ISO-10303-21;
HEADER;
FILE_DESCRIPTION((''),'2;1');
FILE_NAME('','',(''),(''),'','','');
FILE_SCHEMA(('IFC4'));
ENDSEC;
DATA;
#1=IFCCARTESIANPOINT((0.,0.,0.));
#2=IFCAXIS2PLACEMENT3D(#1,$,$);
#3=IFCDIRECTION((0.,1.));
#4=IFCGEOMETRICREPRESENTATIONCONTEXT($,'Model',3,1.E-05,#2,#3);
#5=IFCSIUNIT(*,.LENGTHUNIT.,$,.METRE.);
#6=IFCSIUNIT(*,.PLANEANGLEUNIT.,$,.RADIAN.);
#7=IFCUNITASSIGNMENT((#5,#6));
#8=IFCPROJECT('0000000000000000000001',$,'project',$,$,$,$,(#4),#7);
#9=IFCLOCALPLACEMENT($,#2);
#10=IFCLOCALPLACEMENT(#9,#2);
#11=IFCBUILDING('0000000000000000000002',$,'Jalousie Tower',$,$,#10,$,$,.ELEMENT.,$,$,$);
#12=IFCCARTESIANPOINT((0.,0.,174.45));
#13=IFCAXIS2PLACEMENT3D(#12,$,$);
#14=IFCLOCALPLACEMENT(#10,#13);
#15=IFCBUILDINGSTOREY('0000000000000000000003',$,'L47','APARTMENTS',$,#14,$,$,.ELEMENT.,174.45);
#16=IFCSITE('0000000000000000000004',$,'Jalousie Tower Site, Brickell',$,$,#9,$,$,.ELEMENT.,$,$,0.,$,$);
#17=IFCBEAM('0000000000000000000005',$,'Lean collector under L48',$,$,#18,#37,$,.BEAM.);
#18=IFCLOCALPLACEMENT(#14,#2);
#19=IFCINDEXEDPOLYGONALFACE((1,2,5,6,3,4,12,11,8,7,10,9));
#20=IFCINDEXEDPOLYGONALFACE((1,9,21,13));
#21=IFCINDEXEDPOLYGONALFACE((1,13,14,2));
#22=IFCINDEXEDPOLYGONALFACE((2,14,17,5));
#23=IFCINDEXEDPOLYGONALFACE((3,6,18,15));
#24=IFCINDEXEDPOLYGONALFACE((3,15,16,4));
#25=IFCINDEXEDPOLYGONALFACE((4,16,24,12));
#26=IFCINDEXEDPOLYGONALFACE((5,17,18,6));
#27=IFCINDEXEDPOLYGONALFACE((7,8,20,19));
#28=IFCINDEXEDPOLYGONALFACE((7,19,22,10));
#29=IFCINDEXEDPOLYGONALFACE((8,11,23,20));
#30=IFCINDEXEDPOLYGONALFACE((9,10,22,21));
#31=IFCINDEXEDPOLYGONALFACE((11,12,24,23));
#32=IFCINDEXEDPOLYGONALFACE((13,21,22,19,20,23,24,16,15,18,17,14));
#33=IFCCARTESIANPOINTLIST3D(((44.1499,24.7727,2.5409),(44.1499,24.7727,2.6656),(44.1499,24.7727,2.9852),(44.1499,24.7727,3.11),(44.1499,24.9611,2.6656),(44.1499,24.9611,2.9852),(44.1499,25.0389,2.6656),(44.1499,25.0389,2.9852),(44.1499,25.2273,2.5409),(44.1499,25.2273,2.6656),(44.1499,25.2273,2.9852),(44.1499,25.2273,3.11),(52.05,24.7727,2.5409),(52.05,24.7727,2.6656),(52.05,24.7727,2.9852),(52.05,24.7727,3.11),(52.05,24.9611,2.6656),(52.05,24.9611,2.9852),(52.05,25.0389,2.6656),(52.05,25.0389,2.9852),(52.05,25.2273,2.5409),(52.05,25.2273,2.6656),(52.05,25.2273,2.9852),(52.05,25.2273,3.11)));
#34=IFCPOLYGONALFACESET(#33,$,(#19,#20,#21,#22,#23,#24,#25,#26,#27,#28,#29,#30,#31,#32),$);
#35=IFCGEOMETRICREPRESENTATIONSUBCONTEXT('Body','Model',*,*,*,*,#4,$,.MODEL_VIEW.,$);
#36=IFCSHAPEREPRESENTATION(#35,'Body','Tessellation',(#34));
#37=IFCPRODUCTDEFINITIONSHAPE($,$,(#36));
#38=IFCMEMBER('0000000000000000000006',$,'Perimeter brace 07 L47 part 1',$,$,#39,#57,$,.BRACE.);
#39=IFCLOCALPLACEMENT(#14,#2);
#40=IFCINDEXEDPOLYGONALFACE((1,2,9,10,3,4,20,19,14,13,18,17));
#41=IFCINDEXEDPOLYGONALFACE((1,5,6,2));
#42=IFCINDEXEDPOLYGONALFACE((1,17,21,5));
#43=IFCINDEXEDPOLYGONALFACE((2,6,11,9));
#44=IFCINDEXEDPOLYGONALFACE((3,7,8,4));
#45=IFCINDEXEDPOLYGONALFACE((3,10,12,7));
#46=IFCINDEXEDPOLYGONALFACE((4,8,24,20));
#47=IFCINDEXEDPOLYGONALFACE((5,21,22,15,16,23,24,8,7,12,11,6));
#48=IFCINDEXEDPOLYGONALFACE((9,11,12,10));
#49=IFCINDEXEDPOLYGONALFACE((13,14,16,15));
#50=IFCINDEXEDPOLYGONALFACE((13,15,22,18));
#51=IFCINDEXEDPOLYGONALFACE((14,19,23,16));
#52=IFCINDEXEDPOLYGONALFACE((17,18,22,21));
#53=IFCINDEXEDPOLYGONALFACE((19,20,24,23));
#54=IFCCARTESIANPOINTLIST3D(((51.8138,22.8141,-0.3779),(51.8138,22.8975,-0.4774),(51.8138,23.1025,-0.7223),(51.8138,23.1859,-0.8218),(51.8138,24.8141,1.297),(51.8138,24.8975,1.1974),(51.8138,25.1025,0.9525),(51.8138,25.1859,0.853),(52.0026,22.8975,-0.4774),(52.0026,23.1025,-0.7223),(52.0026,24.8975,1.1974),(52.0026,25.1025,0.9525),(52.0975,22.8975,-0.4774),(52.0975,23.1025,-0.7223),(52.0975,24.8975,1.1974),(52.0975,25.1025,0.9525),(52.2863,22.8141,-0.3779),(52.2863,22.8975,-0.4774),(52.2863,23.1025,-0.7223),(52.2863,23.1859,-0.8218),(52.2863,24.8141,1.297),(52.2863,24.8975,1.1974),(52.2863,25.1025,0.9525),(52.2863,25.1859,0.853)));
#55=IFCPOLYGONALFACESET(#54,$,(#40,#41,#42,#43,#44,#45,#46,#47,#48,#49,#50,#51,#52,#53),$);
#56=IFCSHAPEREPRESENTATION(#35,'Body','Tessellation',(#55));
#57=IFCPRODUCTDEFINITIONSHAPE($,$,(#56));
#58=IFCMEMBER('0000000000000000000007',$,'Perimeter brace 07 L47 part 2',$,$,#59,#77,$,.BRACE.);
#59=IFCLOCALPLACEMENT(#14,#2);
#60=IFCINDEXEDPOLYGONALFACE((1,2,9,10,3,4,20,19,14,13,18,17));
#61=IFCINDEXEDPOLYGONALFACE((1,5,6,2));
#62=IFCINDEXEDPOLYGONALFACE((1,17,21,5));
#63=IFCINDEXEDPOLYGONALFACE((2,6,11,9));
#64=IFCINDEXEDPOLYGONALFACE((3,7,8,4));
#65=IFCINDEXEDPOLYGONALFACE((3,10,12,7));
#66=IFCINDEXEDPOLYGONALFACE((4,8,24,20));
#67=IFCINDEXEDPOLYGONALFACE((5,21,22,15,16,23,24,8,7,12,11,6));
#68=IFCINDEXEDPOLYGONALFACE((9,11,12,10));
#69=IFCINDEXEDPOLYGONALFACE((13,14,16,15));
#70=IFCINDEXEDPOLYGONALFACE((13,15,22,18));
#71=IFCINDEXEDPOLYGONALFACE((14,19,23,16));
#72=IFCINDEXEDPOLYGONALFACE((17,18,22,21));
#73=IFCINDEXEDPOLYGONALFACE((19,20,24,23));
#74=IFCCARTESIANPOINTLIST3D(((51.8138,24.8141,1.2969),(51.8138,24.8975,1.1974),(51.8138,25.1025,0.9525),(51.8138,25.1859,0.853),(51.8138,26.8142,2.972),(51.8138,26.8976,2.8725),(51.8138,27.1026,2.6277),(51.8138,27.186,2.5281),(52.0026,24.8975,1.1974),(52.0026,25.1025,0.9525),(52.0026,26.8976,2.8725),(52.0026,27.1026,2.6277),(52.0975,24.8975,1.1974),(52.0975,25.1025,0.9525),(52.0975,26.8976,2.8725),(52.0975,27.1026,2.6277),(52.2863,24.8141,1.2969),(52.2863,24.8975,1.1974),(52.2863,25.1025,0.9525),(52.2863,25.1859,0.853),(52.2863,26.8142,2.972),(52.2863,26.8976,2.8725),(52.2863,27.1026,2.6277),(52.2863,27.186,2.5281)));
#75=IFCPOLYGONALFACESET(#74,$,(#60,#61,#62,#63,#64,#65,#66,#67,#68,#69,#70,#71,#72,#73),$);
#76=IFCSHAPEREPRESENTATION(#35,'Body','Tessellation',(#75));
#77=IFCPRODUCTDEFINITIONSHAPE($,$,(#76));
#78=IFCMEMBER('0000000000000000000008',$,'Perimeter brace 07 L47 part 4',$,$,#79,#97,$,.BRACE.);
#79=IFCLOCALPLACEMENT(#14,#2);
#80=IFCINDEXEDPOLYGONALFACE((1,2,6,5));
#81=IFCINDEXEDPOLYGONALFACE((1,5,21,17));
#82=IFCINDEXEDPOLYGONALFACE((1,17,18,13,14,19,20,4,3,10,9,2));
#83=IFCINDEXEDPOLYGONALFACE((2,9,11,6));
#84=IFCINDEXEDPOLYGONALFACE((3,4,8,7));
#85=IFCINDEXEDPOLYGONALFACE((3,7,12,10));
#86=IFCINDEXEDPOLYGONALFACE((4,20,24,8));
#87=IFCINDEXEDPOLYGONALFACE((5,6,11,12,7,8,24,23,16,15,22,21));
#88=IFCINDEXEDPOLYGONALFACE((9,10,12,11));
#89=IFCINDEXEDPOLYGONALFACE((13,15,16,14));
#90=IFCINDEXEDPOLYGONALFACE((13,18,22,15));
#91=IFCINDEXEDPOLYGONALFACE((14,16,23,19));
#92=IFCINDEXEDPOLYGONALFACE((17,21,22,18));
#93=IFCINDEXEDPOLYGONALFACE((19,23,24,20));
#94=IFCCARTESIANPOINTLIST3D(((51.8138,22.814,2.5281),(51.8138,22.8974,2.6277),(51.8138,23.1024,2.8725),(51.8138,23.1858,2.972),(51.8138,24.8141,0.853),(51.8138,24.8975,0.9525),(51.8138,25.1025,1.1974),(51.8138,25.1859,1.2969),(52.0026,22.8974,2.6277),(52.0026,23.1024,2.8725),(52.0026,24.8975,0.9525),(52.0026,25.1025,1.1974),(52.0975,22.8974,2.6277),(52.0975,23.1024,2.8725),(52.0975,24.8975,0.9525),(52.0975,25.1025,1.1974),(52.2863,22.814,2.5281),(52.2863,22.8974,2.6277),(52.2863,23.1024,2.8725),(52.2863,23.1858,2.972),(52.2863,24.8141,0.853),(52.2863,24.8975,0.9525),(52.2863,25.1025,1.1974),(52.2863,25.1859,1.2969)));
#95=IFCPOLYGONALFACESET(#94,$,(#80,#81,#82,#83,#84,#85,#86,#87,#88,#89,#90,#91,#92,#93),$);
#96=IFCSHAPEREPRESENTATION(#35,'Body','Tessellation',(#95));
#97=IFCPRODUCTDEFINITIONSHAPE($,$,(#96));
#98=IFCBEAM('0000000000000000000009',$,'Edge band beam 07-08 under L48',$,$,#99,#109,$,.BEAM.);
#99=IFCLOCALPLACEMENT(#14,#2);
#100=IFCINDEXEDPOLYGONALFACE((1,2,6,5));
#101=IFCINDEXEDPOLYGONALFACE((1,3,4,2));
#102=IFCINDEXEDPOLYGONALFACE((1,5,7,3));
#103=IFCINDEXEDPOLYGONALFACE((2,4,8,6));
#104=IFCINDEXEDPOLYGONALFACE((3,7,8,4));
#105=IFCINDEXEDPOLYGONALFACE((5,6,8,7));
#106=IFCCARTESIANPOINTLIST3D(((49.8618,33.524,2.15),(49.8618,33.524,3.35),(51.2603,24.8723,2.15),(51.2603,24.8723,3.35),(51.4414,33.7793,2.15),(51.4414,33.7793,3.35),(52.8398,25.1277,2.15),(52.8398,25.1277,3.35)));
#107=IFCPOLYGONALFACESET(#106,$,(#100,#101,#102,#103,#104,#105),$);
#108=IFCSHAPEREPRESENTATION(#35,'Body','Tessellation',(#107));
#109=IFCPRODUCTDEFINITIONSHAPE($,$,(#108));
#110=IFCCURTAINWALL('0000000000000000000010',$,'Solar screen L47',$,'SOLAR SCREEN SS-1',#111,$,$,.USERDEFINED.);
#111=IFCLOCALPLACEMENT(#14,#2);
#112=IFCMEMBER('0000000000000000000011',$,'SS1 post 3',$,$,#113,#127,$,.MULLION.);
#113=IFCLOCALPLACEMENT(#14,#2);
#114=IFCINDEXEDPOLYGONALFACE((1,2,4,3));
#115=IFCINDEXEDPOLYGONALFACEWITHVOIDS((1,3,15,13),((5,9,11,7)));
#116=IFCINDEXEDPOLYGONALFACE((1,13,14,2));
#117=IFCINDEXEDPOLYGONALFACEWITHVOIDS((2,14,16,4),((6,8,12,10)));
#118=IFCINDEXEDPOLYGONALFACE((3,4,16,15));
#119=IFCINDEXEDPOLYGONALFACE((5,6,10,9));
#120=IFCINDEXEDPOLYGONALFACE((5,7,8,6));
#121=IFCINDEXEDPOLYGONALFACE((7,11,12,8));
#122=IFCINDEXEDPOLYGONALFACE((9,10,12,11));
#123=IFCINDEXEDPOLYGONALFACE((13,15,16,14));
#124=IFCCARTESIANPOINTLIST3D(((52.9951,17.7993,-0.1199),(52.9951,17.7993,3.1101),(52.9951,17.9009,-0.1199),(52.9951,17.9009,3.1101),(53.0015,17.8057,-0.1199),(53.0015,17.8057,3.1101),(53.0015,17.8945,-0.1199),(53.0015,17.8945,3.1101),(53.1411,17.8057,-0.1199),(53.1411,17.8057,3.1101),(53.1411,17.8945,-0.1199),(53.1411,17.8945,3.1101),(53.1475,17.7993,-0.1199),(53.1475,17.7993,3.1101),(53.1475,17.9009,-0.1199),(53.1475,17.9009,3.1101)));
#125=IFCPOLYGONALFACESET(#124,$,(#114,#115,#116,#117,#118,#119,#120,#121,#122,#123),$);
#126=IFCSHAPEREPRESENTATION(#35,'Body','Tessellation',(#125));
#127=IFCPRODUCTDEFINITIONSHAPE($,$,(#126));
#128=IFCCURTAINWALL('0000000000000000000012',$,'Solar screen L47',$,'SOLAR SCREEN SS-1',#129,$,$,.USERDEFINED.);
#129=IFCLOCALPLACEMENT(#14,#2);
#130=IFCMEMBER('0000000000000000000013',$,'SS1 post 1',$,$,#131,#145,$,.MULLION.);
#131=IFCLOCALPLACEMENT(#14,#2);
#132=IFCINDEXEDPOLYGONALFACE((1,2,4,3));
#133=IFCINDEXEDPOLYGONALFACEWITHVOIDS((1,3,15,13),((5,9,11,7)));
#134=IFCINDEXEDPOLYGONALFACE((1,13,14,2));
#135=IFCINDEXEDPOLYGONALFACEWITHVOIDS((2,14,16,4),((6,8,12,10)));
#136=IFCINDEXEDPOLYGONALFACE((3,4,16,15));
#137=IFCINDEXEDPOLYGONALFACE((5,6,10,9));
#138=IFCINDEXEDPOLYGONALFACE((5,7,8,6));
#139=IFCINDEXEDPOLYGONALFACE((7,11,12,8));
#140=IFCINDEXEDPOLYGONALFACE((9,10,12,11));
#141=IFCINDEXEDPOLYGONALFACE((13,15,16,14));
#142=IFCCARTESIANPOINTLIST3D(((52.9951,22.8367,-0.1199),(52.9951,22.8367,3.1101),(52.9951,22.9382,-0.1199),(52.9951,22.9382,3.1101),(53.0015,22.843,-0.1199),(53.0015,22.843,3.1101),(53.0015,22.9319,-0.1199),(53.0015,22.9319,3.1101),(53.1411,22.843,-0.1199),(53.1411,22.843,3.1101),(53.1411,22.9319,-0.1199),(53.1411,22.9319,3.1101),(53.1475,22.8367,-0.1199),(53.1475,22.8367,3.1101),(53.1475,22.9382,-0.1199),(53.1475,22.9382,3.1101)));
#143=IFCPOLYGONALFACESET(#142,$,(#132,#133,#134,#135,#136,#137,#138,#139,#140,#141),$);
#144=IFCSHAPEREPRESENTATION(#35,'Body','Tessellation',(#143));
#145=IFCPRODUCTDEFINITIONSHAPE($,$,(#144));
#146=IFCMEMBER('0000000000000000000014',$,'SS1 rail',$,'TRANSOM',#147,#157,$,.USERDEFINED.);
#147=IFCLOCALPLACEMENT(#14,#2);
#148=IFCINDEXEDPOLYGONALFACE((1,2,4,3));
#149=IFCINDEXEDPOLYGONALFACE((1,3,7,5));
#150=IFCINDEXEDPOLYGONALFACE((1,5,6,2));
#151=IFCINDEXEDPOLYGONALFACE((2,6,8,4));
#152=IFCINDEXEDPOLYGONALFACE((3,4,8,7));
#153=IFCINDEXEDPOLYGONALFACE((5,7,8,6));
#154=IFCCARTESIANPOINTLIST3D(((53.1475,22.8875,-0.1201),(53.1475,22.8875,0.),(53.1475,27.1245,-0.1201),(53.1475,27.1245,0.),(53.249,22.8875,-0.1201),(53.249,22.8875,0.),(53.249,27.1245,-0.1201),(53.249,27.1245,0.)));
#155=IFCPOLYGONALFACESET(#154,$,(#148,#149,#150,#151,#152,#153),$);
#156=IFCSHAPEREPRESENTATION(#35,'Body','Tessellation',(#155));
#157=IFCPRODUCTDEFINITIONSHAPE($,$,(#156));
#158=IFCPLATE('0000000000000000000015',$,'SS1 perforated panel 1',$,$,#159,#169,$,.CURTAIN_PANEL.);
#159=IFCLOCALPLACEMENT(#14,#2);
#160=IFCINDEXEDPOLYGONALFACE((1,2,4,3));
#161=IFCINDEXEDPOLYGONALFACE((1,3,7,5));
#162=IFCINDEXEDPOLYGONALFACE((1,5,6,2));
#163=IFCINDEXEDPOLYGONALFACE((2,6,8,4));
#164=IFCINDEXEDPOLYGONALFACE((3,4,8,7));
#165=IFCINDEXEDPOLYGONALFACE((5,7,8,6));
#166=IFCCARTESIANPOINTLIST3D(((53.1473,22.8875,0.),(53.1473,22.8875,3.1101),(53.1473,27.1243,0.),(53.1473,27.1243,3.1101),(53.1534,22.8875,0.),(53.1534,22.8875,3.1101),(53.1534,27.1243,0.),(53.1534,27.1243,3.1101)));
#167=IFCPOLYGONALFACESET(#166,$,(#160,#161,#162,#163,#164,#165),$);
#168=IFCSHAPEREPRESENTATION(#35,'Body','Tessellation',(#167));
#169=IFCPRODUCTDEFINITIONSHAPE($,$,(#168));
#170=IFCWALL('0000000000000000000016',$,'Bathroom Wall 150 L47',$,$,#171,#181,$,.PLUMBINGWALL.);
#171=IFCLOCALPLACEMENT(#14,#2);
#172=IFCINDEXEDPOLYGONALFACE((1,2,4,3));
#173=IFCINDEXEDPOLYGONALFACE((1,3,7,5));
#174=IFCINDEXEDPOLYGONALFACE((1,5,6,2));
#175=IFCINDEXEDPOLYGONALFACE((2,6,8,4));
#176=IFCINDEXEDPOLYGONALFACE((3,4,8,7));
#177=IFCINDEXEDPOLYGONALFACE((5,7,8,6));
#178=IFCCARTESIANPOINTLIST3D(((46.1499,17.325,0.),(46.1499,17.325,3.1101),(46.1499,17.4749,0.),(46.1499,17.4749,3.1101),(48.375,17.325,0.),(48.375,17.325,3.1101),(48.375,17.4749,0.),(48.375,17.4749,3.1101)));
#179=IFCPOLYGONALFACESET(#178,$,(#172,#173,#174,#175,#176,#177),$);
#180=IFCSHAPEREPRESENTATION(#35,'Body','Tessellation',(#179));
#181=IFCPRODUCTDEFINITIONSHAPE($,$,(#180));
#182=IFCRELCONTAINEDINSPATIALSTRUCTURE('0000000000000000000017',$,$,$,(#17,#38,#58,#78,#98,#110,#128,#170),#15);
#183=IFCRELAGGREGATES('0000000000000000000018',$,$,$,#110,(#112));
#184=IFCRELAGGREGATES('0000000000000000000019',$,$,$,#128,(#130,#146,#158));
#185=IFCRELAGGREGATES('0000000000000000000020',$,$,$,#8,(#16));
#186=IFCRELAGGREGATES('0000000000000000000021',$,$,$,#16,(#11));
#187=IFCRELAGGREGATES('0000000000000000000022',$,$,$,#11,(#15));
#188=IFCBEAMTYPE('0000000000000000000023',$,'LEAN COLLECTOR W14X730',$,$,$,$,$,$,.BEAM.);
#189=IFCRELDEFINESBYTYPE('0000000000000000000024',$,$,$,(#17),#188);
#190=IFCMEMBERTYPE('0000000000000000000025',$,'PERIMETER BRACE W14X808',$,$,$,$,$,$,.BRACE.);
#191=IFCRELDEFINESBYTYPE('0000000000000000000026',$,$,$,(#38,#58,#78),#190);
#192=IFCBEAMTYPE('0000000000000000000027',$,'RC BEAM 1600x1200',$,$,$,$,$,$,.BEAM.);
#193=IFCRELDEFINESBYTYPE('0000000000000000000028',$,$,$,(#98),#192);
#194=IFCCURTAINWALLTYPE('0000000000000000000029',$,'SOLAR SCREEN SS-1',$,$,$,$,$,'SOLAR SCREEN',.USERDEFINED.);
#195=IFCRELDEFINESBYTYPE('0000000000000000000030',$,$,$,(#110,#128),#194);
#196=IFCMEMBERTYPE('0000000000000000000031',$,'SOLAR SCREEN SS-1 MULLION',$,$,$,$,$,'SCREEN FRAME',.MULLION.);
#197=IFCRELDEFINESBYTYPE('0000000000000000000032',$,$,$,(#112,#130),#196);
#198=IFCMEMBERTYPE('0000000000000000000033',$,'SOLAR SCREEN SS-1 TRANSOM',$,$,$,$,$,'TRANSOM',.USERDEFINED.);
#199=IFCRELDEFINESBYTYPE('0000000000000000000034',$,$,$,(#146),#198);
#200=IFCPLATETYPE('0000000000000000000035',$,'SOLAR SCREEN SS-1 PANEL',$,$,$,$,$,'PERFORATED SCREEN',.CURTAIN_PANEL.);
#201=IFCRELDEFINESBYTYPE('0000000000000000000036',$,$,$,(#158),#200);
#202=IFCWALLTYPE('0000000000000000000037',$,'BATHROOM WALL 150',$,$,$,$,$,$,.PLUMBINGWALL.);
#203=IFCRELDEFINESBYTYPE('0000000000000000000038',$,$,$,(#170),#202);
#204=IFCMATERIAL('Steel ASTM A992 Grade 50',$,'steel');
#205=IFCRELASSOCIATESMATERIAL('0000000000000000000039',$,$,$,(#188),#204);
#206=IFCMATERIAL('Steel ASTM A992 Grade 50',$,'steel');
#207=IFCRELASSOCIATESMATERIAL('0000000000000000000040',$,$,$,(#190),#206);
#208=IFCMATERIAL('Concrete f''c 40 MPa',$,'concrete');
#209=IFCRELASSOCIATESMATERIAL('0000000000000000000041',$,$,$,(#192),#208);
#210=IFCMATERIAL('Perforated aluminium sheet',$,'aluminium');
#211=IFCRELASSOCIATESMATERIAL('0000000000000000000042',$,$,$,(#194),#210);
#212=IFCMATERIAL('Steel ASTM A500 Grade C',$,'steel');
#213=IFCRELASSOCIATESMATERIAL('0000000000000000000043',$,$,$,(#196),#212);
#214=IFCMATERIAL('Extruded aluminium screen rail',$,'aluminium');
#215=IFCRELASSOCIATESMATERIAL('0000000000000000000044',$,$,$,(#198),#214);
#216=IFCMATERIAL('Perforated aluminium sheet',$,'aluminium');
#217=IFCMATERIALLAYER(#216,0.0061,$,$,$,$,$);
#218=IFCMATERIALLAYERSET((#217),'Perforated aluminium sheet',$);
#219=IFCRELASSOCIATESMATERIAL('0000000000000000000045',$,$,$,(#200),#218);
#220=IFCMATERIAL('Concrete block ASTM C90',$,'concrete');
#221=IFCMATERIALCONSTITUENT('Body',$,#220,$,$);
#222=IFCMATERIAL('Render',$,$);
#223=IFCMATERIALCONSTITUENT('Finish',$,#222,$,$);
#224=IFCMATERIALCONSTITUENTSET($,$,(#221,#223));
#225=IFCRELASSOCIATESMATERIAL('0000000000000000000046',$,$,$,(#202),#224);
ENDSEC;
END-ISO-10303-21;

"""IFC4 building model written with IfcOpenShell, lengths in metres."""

from ifc_helpers import new_model, si_unit, direction, frame, frame_2d, origin, origin_2d, place, context, subcontext, project, spatial, rectangle, hollow_rectangle, i_section, extrude, material, layer, layer_set, constituent, constituent_set, material_profile, profile_set, type_object, element, aggregate, save


model = new_model("IFC4")

# Units and contexts
model_context = context("Model", 3, precision=1e-05, world=origin(), true_north=direction((0.0, 1.0)))
body_context = subcontext(model_context, "Body", "Model", "MODEL_VIEW")
ifc_project = project(units=[si_unit("LENGTHUNIT", "METRE"), si_unit("PLANEANGLEUNIT", "RADIAN")], contexts=[model_context])

# Site, building, storey
site_placement = place(None, origin())
site = spatial("IfcSite", under=ifc_project, at=site_placement, Name="Jalousie Tower Site, Brickell", CompositionType="ELEMENT", RefElevation=0.0)
building_placement = place(site_placement, origin())
building = spatial("IfcBuilding", under=site, at=building_placement, Name="Jalousie Tower", CompositionType="ELEMENT")
storey_placement = place(building_placement, frame((0.0, 0.0, 174.45)))
storey = spatial("IfcBuildingStorey", under=building, at=storey_placement, Name="L47", Description="APARTMENTS", CompositionType="ELEMENT", Elevation=174.45)

# Beam
ifc_material_1 = material(Name="Steel ASTM A992 Grade 50", Category="steel")
ifc_material_profile_1 = material_profile(ifc_material_1, i_section(OverallWidth=0.4546, OverallDepth=0.5691, WebThickness=0.0779, FlangeThickness=0.1248, at=origin_2d()), Name="W14X730")
ifc_profile_set_1 = profile_set([ifc_material_profile_1], Name="Steel ASTM A992 Grade 50")
beam_type_1 = type_object("IfcBeamType", Name="LEAN COLLECTOR W14X730", PredefinedType="BEAM", material=ifc_profile_set_1)
beam_1_placement = place(storey_placement, frame((52.05, 25.0, 2.8254), z_axis=(-1.0, 0.0, 0.0), x_axis=(0.0, -1.0, 0.0)))
element("IfcBeam", 1, at=beam_1_placement, inside=storey, type_object=beam_type_1, Name="Lean collector under L48", PredefinedType="BEAM", context=body_context, shape_type="SweptSolid", body=[
    extrude(i_section(OverallWidth=0.4546, OverallDepth=0.5691, WebThickness=0.0779, FlangeThickness=0.1248, at=origin_2d()), origin(), (0.0, 0.0, 1.0), 7.9001),
])

# Members
ifc_material_2 = material(Name="Steel ASTM A992 Grade 50", Category="steel")
ifc_material_profile_2 = material_profile(ifc_material_2, i_section(OverallWidth=0.4724, OverallDepth=0.5791, WebThickness=0.095, FlangeThickness=0.1299, at=origin_2d()), Name="W14X808")
ifc_profile_set_2 = profile_set([ifc_material_profile_2], Name="Steel ASTM A992 Grade 50")
member_type_1 = type_object("IfcMemberType", Name="PERIMETER BRACE W14X808", PredefinedType="BRACE", material=ifc_profile_set_2)
member_1_placement = place(storey_placement, frame((52.05, 23.0, -0.5999), z_axis=(0.0, 0.766685, 0.642024), x_axis=(-1.0, 0.0, 0.0)))
element("IfcMember", 2, at=member_1_placement, inside=storey, type_object=member_type_1, Name="Perimeter brace 07 L47 part 1", PredefinedType="BRACE", context=body_context, shape_type="SweptSolid", body=[
    extrude(i_section(OverallWidth=0.4724, OverallDepth=0.5791, WebThickness=0.095, FlangeThickness=0.1299, at=origin_2d()), origin(), (0.0, 0.0, 1.0), 2.6086),
])
for number, where, z_axis, x_axis, name in (
    (3, (52.05, 25.0, 1.075), (0.0, 0.766639, 0.642079), (-1.0, 0.0, 0.0), "Perimeter brace 07 L47 part 2"),
    (4, (52.05, 25.0, 1.075), (0.0, -0.766639, 0.642079), (1.0, 0.0, 0.0), "Perimeter brace 07 L47 part 4"),
):
    element("IfcMember", number, at=place(storey_placement, frame(where, z_axis=z_axis, x_axis=x_axis)), inside=storey, type_object=member_type_1, Name=name, PredefinedType="BRACE", context=body_context, shape_type="SweptSolid", body=[
        extrude(i_section(OverallWidth=0.4724, OverallDepth=0.5791, WebThickness=0.095, FlangeThickness=0.1299, at=origin_2d()), origin(), (0.0, 0.0, 1.0), 2.6089),
    ])

# Beam
ifc_material_3 = material(Name="Concrete f'c 40 MPa", Category="concrete")
ifc_material_profile_3 = material_profile(ifc_material_3, rectangle(XDim=1.6001, YDim=1.2, at=origin_2d()), Name="RC 1600x1200")
ifc_profile_set_3 = profile_set([ifc_material_profile_3], Name="Concrete f'c 40 MPa")
beam_type_2 = type_object("IfcBeamType", Name="RC BEAM 1600x1200", PredefinedType="BEAM", material=ifc_profile_set_3)
beam_2_placement = place(storey_placement, frame((52.05, 25.0, 2.75), z_axis=(-0.159568, 0.987187, 0.0), x_axis=(-0.987187, -0.159568, 0.0)))
element("IfcBeam", 5, at=beam_2_placement, inside=storey, type_object=beam_type_2, Name="Edge band beam 07-08 under L48", PredefinedType="BEAM", context=body_context, shape_type="SweptSolid", body=[
    extrude(rectangle(XDim=1.6001, YDim=1.2, at=origin_2d()), origin(), (0.0, 0.0, 1.0), 8.7639),
])

# Curtain wall, member
ifc_material_4 = material(Name="Perforated aluminium sheet", Category="aluminium")
curtain_wall_type = type_object("IfcCurtainWallType", Name="SOLAR SCREEN SS-1", ElementType="SOLAR SCREEN", PredefinedType="USERDEFINED", material=ifc_material_4)
curtain_wall_1_placement = place(storey_placement, origin())
curtain_wall_1 = element("IfcCurtainWall", 6, at=curtain_wall_1_placement, inside=storey, type_object=curtain_wall_type, Name="Solar screen L47", ObjectType="SOLAR SCREEN SS-1", PredefinedType="USERDEFINED")
ifc_material_5 = material(Name="Steel ASTM A500 Grade C", Category="steel")
ifc_material_profile_4 = material_profile(ifc_material_5, hollow_rectangle(XDim=0.1016, YDim=0.1523, WallThickness=0.0063, at=origin_2d()), Name="HSS6X4X1/4")
ifc_profile_set_4 = profile_set([ifc_material_profile_4], Name="Steel ASTM A500 Grade C")
member_type_2 = type_object("IfcMemberType", Name="SOLAR SCREEN SS-1 MULLION", ElementType="SCREEN FRAME", PredefinedType="MULLION", material=ifc_profile_set_4)
member_2_placement = place(storey_placement, frame((53.0713, 17.8501, -0.1199), z_axis=(0.0, 0.0, 1.0), x_axis=(0.0, 1.0, 0.0)))
member_2 = element("IfcMember", 7, at=member_2_placement, type_object=member_type_2, Name="SS1 post 3", PredefinedType="MULLION", context=body_context, shape_type="SweptSolid", body=[
    extrude(hollow_rectangle(XDim=0.1016, YDim=0.1523, WallThickness=0.0063, at=origin_2d()), origin(), (0.0, 0.0, 1.0), 3.23),
])
aggregate(curtain_wall_1, [member_2])

# Curtain wall, members, plate
curtain_wall_2_placement = place(storey_placement, origin())
curtain_wall_2 = element("IfcCurtainWall", 8, at=curtain_wall_2_placement, inside=storey, type_object=curtain_wall_type, Name="Solar screen L47", ObjectType="SOLAR SCREEN SS-1", PredefinedType="USERDEFINED")
member_3_placement = place(storey_placement, frame((53.0713, 22.8875, -0.1199), z_axis=(0.0, 0.0, 1.0), x_axis=(0.0, 1.0, 0.0)))
member_3 = element("IfcMember", 9, at=member_3_placement, type_object=member_type_2, Name="SS1 post 1", PredefinedType="MULLION", context=body_context, shape_type="SweptSolid", body=[
    extrude(hollow_rectangle(XDim=0.1016, YDim=0.1523, WallThickness=0.0063, at=origin_2d()), origin(), (0.0, 0.0, 1.0), 3.23),
])
ifc_material_6 = material(Name="Extruded aluminium screen rail", Category="aluminium")
ifc_material_profile_5 = material_profile(ifc_material_6, rectangle(XDim=0.1016, YDim=0.1201, at=origin_2d()), Name="RAIL 102x120")
ifc_profile_set_5 = profile_set([ifc_material_profile_5], Name="Extruded aluminium screen rail")
member_type_3 = type_object("IfcMemberType", Name="SOLAR SCREEN SS-1 TRANSOM", ElementType="TRANSOM", PredefinedType="USERDEFINED", material=ifc_profile_set_5)
member_4_placement = place(storey_placement, frame((53.1982, 22.8875, -0.0601), z_axis=(0.0, 1.0, 0.0), x_axis=(-1.0, 0.0, 0.0)))
member_4 = element("IfcMember", 10, at=member_4_placement, type_object=member_type_3, Name="SS1 rail", ObjectType="TRANSOM", PredefinedType="USERDEFINED", context=body_context, shape_type="SweptSolid", body=[
    extrude(rectangle(XDim=0.1016, YDim=0.1201, at=origin_2d()), origin(), (0.0, 0.0, 1.0), 4.2371),
])
ifc_material_7 = material(Name="Perforated aluminium sheet", Category="aluminium")
ifc_layer_1 = layer(ifc_material_7, 0.0061)
ifc_layer_set_1 = layer_set([ifc_layer_1], Name="Perforated aluminium sheet")
plate_type = type_object("IfcPlateType", Name="SOLAR SCREEN SS-1 PANEL", ElementType="PERFORATED SCREEN", PredefinedType="CURTAIN_PANEL", material=ifc_layer_set_1)
plate_placement = place(storey_placement, frame((53.1504, 25.0059, 0.0), z_axis=(0.0, 0.0, 1.0), x_axis=(0.0, 1.0, 0.0)))
plate = element("IfcPlate", 11, at=plate_placement, type_object=plate_type, Name="SS1 perforated panel 1", PredefinedType="CURTAIN_PANEL", context=body_context, shape_type="SweptSolid", body=[
    extrude(rectangle(XDim=4.2368, YDim=0.0061, at=origin_2d()), origin(), (0.0, 0.0, 1.0), 3.1101),
])
aggregate(curtain_wall_2, [member_3, member_4, plate])

# Wall
ifc_material_8 = material(Name="Concrete block ASTM C90", Category="concrete")
ifc_constituent_1 = constituent(ifc_material_8, Name="Body")
ifc_material_9 = material(Name="Render")
ifc_constituent_2 = constituent(ifc_material_9, Name="Finish")
ifc_constituent_set_1 = constituent_set(constituents=[ifc_constituent_1, ifc_constituent_2])
wall_type_1 = type_object("IfcWallType", Name="BATHROOM WALL 150", PredefinedType="PLUMBINGWALL", material=ifc_constituent_set_1)
wall_1_placement = place(storey_placement, frame((48.375, 17.3999, 0.0), z_axis=(0.0, 0.0, 1.0), x_axis=(-1.0, 0.0, 0.0)))
element("IfcWall", 12, at=wall_1_placement, inside=storey, type_object=wall_type_1, Name="Bathroom Wall 150 L47", PredefinedType="PLUMBINGWALL", context=body_context, shape_type="SweptSolid", body=[
    extrude(rectangle(XDim=2.2251, YDim=0.1499, at=frame_2d((1.1125, 0.0))), origin(), (0.0, 0.0, 1.0), 3.1101),
])

save(model, "model.ifc")
